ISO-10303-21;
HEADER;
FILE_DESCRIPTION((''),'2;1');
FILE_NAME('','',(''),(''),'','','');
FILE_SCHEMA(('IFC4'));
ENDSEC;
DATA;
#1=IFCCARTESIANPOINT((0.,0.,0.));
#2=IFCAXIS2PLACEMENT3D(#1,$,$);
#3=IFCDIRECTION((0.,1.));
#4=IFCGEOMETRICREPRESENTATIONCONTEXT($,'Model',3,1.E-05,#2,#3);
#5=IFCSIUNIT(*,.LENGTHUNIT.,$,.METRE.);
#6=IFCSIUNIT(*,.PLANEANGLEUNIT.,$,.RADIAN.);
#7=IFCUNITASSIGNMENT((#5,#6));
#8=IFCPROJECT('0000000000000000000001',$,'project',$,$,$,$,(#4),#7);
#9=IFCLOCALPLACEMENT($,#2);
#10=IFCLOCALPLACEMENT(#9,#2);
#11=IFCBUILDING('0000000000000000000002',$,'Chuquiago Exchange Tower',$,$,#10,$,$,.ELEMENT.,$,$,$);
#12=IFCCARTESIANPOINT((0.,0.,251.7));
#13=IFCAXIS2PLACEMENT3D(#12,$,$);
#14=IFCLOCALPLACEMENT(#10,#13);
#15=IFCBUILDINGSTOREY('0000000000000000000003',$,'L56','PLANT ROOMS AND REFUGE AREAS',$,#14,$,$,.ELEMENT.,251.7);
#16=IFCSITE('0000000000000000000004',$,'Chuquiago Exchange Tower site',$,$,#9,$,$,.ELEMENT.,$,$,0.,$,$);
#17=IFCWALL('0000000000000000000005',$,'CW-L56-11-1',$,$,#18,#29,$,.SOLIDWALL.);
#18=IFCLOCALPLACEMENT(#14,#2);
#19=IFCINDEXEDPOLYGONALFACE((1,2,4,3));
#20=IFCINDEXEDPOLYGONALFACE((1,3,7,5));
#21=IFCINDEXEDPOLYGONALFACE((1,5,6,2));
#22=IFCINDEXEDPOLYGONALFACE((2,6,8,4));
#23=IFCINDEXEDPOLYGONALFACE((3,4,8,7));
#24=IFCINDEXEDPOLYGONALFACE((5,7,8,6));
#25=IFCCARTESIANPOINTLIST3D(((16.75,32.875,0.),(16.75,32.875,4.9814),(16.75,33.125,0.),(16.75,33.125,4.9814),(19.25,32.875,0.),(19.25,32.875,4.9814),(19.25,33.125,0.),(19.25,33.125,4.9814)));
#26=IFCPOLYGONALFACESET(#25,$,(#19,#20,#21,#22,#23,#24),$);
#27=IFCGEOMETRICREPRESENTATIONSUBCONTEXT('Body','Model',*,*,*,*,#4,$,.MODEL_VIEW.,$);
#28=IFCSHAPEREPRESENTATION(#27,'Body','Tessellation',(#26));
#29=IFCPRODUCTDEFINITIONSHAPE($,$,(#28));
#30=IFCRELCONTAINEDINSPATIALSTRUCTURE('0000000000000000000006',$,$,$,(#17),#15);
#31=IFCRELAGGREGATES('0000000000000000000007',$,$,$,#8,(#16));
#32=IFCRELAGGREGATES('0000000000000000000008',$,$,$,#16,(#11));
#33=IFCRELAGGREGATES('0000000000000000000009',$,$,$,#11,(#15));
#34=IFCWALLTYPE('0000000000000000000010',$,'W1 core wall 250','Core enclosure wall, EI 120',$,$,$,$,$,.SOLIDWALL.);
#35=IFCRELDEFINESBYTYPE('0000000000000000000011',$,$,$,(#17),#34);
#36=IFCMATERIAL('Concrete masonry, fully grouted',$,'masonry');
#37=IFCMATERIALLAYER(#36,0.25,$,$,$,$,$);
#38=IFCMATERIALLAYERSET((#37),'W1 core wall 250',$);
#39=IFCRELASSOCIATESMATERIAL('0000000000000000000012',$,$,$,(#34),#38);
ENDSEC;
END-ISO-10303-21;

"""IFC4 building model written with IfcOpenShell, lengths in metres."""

from ifc_helpers import new_model, si_unit, direction, frame, frame_2d, origin, place, context, subcontext, project, spatial, rectangle, extrude, material, layer, layer_set, type_object, element, save


model = new_model("IFC4")

# Units and contexts
model_context = context("Model", 3, precision=1e-05, world=origin(), true_north=direction((0.0, 1.0)))
body_context = subcontext(model_context, "Body", "Model", "MODEL_VIEW")
ifc_project = project(units=[si_unit("LENGTHUNIT", "METRE"), si_unit("PLANEANGLEUNIT", "RADIAN")], contexts=[model_context])

# Site, building, storey
site_placement = place(None, origin())
site = spatial("IfcSite", under=ifc_project, at=site_placement, Name="Chuquiago Exchange Tower site", CompositionType="ELEMENT", RefElevation=0.0)
building_placement = place(site_placement, origin())
building = spatial("IfcBuilding", under=site, at=building_placement, Name="Chuquiago Exchange Tower", CompositionType="ELEMENT")
storey_placement = place(building_placement, frame((0.0, 0.0, 251.7)))
storey = spatial("IfcBuildingStorey", under=building, at=storey_placement, Name="L56", Description="PLANT ROOMS AND REFUGE AREAS", CompositionType="ELEMENT", Elevation=251.7)

# Wall
ifc_material_1 = material(Name="Concrete masonry, fully grouted", Category="masonry")
ifc_layer = layer(ifc_material_1, 0.25)
ifc_layer_set = layer_set([ifc_layer], Name="W1 core wall 250")
wall_type = type_object("IfcWallType", Name="W1 core wall 250", Description="Core enclosure wall, EI 120", PredefinedType="SOLIDWALL", material=ifc_layer_set)
wall_1_placement = place(storey_placement, frame((16.75, 33.0, 0.0), z_axis=(0.0, 0.0, 1.0), x_axis=(1.0, 0.0, 0.0)))
element("IfcWall", 1, at=wall_1_placement, inside=storey, type_object=wall_type, Name="CW-L56-11-1", PredefinedType="SOLIDWALL", context=body_context, shape_type="SweptSolid", body=[
    extrude(rectangle(XDim=2.5, YDim=0.25, at=frame_2d((1.25, 0.0))), origin(), (0.0, 0.0, 1.0), 4.9814),
])

save(model, "model.ifc")
